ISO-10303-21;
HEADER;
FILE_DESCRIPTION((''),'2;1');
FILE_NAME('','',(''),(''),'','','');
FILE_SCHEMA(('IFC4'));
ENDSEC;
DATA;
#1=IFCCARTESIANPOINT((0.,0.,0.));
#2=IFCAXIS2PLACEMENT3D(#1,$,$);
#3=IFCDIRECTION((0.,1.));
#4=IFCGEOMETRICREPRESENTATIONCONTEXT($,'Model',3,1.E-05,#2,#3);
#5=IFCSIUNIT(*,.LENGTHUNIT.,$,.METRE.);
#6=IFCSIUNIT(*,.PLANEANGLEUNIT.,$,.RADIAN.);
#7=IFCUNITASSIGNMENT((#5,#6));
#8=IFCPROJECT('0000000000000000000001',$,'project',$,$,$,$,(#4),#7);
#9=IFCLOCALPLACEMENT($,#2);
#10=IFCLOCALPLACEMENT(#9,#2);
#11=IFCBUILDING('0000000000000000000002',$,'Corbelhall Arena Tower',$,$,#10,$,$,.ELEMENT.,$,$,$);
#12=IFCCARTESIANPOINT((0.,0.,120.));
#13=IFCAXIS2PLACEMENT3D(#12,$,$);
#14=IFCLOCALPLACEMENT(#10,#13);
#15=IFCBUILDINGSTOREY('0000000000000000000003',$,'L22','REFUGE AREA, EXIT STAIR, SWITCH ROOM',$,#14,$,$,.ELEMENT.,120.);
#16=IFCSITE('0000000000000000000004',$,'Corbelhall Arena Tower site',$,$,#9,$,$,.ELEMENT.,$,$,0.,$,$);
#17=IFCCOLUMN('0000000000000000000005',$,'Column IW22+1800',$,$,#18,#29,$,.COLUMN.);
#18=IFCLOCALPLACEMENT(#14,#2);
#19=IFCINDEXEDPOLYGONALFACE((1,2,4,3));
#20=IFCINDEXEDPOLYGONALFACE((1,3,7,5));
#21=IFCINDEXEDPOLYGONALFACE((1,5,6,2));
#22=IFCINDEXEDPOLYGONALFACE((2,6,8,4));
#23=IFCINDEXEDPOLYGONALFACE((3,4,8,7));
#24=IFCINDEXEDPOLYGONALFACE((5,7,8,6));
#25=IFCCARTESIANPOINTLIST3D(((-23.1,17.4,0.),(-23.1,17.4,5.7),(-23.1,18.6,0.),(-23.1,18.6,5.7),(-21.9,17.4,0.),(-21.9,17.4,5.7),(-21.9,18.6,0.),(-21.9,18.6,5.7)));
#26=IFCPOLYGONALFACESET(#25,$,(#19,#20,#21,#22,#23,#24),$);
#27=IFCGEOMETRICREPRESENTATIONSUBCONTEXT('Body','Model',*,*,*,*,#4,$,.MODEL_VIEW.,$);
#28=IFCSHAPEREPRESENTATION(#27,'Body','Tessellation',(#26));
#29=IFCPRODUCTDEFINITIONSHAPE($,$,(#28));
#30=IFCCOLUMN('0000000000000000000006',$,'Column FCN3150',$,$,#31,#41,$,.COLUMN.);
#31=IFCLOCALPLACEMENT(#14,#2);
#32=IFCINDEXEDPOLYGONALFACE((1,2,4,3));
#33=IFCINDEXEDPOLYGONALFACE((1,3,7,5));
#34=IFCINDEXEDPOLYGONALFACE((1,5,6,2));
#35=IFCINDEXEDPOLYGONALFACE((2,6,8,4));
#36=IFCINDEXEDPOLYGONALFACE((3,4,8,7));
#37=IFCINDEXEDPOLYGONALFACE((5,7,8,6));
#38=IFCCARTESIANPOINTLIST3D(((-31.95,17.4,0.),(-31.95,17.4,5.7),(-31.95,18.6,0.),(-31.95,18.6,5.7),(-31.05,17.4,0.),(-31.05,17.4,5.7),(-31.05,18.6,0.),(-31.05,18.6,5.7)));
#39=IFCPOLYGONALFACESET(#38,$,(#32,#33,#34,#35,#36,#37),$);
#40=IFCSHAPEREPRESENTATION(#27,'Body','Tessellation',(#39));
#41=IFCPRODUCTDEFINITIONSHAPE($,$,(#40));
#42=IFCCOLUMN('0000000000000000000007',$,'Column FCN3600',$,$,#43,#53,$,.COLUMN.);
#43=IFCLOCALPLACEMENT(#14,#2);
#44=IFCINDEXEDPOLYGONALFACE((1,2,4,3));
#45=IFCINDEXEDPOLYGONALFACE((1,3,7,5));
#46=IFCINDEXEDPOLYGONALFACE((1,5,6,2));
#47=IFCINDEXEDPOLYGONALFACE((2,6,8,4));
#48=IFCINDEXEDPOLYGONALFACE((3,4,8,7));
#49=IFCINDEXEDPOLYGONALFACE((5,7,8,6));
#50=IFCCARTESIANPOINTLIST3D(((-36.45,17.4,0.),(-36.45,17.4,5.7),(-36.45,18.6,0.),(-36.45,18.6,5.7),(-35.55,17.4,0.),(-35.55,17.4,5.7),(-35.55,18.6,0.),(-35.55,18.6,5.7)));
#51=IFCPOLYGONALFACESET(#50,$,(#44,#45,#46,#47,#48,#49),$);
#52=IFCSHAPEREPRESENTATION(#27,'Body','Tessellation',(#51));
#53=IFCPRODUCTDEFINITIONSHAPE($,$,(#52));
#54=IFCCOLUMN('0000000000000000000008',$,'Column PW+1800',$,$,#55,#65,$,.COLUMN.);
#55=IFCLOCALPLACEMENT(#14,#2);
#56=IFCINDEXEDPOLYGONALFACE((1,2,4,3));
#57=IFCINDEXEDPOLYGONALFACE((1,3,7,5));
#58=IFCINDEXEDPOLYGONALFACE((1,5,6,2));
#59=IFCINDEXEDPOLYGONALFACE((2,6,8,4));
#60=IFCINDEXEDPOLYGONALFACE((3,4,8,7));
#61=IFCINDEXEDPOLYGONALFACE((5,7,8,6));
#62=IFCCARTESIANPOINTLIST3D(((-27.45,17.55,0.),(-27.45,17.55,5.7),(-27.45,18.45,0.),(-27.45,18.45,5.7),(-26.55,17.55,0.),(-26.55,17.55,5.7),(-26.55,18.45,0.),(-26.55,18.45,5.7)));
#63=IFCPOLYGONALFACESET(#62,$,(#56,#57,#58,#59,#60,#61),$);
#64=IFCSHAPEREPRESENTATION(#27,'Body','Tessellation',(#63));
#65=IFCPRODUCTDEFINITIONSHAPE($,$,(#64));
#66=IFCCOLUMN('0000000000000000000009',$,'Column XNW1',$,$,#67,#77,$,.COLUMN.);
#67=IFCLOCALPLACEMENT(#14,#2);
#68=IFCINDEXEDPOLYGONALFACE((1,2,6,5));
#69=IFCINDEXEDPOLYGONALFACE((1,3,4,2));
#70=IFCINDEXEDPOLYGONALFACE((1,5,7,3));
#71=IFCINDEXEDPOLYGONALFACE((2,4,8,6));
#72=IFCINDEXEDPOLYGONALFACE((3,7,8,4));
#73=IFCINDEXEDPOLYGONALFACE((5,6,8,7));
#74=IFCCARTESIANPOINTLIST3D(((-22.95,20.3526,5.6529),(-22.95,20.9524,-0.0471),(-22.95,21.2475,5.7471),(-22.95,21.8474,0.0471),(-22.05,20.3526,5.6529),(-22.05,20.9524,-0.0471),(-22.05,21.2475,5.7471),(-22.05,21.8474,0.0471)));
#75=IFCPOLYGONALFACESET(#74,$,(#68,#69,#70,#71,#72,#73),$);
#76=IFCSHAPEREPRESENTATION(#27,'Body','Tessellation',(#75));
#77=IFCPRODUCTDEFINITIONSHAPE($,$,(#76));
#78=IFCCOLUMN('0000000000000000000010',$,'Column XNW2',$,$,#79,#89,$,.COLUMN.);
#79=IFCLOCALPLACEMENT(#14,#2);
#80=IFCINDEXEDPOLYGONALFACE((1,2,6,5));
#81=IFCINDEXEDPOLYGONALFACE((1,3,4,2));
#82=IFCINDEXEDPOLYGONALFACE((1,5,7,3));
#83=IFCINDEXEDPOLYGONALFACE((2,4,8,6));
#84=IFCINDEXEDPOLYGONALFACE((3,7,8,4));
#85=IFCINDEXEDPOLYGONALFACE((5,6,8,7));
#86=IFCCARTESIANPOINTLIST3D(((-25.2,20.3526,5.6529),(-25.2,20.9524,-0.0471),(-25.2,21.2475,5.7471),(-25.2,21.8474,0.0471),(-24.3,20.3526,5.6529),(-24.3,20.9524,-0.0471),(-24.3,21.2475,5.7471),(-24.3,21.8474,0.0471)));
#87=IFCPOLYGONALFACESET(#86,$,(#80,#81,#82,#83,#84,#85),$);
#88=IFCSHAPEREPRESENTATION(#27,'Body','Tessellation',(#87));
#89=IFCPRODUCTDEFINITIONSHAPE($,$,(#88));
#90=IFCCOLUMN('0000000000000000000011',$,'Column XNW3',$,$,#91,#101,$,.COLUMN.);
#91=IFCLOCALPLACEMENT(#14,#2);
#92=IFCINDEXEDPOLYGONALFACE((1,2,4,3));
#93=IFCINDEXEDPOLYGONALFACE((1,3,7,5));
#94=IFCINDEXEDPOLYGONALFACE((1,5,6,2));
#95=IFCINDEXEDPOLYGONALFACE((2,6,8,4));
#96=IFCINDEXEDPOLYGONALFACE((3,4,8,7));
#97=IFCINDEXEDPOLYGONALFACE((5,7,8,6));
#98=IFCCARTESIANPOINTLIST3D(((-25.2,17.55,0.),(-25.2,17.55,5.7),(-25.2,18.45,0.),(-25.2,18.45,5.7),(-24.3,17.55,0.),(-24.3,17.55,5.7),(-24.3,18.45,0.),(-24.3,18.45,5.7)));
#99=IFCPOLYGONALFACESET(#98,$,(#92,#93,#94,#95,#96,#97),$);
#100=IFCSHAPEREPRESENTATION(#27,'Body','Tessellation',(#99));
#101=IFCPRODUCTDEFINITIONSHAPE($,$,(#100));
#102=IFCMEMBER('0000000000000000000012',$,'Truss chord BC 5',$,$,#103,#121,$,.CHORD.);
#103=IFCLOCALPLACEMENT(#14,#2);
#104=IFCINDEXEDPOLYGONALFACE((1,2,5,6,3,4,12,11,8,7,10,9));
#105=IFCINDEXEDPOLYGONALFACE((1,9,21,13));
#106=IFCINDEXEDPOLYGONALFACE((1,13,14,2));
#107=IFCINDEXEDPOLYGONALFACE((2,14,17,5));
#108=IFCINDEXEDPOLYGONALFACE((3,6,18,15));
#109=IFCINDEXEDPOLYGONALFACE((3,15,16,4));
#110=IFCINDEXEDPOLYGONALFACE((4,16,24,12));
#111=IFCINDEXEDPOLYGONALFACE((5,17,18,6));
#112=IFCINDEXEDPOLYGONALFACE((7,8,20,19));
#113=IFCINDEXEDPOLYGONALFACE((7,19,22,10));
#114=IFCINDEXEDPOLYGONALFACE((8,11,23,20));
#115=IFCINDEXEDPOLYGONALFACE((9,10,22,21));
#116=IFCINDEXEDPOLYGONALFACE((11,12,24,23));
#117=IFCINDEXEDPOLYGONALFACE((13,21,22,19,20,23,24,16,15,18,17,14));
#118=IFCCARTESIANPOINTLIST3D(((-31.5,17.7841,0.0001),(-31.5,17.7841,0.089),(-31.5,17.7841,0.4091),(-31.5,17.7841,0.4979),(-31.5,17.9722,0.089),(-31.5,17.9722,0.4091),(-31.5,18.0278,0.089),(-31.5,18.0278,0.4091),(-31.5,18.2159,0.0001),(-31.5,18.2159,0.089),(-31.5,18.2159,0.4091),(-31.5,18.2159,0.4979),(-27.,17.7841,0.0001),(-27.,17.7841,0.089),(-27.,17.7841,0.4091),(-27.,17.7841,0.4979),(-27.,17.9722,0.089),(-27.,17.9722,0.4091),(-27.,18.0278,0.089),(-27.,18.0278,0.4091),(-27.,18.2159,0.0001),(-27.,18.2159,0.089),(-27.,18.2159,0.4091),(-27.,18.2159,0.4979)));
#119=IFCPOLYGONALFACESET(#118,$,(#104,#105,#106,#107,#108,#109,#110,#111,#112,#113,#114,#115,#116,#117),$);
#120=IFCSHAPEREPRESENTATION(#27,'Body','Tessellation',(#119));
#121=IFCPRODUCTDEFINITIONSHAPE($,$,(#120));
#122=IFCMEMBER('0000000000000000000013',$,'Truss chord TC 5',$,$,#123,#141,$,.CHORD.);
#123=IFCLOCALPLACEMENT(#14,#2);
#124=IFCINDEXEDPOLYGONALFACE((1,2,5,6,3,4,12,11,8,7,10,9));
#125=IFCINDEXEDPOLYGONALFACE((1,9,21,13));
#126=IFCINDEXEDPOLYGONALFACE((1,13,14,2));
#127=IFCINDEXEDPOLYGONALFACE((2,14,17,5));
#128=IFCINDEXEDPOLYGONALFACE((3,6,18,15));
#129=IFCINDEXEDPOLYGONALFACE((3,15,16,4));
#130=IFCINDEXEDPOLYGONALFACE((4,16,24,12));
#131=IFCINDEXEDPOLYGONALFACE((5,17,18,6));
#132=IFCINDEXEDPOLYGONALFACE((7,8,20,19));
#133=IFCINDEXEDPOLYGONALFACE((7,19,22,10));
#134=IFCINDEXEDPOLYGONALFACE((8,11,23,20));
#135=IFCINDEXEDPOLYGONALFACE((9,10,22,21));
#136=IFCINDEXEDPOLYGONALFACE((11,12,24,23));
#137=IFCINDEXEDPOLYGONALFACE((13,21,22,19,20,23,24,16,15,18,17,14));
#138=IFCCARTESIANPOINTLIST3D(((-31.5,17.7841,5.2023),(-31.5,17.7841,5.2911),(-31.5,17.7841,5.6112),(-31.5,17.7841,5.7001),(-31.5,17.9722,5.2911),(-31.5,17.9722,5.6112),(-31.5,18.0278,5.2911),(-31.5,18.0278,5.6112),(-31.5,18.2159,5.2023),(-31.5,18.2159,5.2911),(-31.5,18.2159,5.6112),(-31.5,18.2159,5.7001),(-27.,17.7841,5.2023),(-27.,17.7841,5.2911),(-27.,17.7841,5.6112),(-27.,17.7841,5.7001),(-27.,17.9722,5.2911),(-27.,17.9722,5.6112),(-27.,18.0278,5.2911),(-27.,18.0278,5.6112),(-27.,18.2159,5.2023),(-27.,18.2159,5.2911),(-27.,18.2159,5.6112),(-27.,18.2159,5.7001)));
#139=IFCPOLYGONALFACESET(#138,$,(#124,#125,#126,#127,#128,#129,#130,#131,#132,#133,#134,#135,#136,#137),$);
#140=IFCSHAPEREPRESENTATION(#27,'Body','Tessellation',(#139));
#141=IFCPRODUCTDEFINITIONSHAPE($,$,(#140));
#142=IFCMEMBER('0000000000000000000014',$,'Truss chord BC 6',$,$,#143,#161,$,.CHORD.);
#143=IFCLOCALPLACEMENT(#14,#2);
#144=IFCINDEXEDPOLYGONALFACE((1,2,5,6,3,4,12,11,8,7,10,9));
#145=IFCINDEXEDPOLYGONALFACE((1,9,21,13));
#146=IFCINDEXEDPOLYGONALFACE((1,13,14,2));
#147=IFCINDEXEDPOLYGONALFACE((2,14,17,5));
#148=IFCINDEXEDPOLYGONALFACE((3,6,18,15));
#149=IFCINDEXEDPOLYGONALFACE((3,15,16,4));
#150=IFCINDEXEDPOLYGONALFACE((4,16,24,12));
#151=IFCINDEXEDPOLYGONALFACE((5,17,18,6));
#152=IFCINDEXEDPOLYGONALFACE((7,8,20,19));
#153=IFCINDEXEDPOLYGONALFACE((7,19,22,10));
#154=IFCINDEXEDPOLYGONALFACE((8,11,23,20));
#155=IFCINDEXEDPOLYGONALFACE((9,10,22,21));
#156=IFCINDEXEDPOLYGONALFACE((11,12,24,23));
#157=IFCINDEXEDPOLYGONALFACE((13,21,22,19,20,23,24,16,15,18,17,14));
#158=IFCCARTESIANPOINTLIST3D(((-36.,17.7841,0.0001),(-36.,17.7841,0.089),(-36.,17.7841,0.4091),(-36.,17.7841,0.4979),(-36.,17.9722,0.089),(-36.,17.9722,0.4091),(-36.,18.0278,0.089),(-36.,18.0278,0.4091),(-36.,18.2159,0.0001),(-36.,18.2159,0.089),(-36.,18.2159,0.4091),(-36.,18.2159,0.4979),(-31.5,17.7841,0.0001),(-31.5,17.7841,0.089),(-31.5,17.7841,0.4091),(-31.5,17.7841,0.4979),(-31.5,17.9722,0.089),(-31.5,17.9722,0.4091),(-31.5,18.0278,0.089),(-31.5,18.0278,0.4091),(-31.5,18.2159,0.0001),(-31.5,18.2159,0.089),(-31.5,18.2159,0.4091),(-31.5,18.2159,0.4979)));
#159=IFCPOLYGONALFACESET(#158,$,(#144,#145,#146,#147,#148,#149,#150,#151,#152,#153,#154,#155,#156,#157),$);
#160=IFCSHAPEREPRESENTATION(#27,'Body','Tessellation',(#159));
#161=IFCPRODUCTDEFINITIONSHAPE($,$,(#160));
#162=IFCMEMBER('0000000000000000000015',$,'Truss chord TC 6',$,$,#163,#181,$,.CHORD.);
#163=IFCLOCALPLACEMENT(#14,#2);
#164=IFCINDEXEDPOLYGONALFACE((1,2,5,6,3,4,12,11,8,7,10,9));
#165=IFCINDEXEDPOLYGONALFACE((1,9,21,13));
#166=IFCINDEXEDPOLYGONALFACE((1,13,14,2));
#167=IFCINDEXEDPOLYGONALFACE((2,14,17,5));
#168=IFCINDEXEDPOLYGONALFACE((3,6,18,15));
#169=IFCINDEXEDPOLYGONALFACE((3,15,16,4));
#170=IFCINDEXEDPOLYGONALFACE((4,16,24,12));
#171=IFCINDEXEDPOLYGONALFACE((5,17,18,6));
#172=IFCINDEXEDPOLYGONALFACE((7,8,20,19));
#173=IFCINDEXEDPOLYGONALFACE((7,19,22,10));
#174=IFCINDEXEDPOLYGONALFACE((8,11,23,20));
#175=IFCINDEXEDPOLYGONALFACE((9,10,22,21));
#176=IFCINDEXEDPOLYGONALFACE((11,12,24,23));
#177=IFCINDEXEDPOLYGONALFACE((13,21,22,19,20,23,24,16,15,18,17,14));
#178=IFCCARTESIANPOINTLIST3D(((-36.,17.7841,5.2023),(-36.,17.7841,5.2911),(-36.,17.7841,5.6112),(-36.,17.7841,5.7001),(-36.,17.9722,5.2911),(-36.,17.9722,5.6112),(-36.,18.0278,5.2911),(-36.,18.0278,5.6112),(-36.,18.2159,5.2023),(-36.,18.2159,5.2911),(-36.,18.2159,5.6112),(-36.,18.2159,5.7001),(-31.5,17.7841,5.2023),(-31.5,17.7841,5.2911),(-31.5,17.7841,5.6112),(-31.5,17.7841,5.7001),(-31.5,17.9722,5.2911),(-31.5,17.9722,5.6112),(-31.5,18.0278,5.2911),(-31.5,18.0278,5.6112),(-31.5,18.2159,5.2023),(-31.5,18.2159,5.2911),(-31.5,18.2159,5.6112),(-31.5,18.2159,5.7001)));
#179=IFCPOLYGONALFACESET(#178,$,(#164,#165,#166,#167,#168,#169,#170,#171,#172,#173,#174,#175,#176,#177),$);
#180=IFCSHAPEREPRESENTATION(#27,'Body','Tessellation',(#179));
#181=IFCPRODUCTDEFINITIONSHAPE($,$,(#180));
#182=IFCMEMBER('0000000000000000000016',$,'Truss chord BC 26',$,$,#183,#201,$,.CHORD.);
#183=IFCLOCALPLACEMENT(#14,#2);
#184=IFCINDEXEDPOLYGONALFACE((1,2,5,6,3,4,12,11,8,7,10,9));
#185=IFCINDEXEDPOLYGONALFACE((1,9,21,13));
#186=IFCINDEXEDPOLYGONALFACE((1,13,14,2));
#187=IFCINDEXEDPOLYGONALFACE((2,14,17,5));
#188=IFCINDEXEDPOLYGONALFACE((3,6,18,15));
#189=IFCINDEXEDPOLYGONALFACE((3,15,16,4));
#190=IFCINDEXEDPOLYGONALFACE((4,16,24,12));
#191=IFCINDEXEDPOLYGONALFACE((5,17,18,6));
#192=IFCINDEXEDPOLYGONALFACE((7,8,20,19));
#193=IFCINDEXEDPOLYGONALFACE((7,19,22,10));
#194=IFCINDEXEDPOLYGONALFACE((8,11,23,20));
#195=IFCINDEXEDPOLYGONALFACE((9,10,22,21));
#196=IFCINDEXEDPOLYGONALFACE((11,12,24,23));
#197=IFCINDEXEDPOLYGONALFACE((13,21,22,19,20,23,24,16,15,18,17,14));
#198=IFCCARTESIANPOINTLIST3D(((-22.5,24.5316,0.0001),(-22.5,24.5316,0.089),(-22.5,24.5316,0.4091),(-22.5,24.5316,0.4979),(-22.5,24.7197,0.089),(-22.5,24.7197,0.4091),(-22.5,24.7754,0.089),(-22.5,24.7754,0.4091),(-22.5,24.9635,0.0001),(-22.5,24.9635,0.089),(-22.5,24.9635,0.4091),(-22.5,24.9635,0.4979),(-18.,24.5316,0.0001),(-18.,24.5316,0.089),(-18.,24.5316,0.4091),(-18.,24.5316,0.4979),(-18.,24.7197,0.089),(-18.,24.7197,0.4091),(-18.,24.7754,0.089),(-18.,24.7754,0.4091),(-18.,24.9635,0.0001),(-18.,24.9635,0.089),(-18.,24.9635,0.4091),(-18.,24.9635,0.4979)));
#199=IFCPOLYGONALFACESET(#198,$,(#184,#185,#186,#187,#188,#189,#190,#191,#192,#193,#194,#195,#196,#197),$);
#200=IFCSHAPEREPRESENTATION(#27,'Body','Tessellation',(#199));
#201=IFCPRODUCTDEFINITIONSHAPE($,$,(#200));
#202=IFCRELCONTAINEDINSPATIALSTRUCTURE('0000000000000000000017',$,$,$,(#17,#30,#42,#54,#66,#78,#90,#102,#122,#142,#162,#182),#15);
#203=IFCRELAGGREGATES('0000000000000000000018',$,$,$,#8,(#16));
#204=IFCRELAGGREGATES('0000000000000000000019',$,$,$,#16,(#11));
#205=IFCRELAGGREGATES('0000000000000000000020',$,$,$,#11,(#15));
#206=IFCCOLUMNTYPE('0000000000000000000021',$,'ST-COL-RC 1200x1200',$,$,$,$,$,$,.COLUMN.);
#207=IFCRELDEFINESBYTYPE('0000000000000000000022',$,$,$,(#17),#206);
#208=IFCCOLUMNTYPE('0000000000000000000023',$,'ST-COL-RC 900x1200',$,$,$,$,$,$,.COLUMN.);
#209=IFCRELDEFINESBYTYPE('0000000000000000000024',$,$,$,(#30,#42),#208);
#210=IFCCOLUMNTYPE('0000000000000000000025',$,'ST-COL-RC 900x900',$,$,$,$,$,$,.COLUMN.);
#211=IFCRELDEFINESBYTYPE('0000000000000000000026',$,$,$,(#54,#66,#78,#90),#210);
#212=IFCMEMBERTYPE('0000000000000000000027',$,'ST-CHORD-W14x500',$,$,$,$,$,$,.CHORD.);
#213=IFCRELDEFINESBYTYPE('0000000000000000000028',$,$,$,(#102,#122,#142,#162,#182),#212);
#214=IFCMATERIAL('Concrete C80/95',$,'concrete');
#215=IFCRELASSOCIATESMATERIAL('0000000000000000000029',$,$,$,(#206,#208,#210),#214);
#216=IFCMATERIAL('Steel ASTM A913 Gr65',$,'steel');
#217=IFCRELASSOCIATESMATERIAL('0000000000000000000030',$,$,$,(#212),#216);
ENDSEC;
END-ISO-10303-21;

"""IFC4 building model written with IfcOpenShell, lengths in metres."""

from ifc_helpers import new_model, si_unit, direction, frame, origin, origin_2d, place, context, subcontext, project, spatial, rectangle, i_section, extrude, material, material_profile, profile_set, type_object, element, save


model = new_model("IFC4")

# Units and contexts
model_context = context("Model", 3, precision=1e-05, world=origin(), true_north=direction((0.0, 1.0)))
body_context = subcontext(model_context, "Body", "Model", "MODEL_VIEW")
ifc_project = project(units=[si_unit("LENGTHUNIT", "METRE"), si_unit("PLANEANGLEUNIT", "RADIAN")], contexts=[model_context])

# Site, building, storey
site_placement = place(None, origin())
site = spatial("IfcSite", under=ifc_project, at=site_placement, Name="Corbelhall Arena Tower site", CompositionType="ELEMENT", RefElevation=0.0)
building_placement = place(site_placement, origin())
building = spatial("IfcBuilding", under=site, at=building_placement, Name="Corbelhall Arena Tower", CompositionType="ELEMENT")
storey_placement = place(building_placement, frame((0.0, 0.0, 120.0)))
storey = spatial("IfcBuildingStorey", under=building, at=storey_placement, Name="L22", Description="REFUGE AREA, EXIT STAIR, SWITCH ROOM", CompositionType="ELEMENT", Elevation=120.0)

# Columns
ifc_material_1 = material(Name="Concrete C80/95", Category="concrete")
ifc_material_profile_1 = material_profile(ifc_material_1, rectangle(XDim=1.2, YDim=1.2, at=origin_2d()))
ifc_profile_set_1 = profile_set([ifc_material_profile_1], Name="Concrete C80/95")
column_type_1 = type_object("IfcColumnType", Name="ST-COL-RC 1200x1200", PredefinedType="COLUMN", material=ifc_profile_set_1)
column_1_placement = place(storey_placement, frame((-22.5, 18.0, 0.0), z_axis=(0.0, 0.0, 1.0), x_axis=(1.0, 0.0, 0.0)))
element("IfcColumn", 1, at=column_1_placement, inside=storey, type_object=column_type_1, Name="Column IW22+1800", PredefinedType="COLUMN", context=body_context, shape_type="SweptSolid", body=[
    extrude(rectangle(XDim=1.2, YDim=1.2, at=origin_2d()), origin(), (0.0, 0.0, 1.0), 5.7),
])
ifc_material_profile_2 = material_profile(ifc_material_1, rectangle(XDim=0.8999, YDim=1.2, at=origin_2d()))
ifc_profile_set_2 = profile_set([ifc_material_profile_2], Name="Concrete C80/95")
column_type_2 = type_object("IfcColumnType", Name="ST-COL-RC 900x1200", PredefinedType="COLUMN", material=ifc_profile_set_2)
for number, where, z_axis, x_axis, name in (
    (2, (-31.5, 18.0, 0.0), (0.0, 0.0, 1.0), (1.0, 0.0, 0.0), "Column FCN3150"),
    (3, (-36.0, 18.0, 0.0), (0.0, 0.0, 1.0), (1.0, 0.0, 0.0), "Column FCN3600"),
):
    element("IfcColumn", number, at=place(storey_placement, frame(where, z_axis=z_axis, x_axis=x_axis)), inside=storey, type_object=column_type_2, Name=name, PredefinedType="COLUMN", context=body_context, shape_type="SweptSolid", body=[
        extrude(rectangle(XDim=0.8999, YDim=1.2, at=origin_2d()), origin(), (0.0, 0.0, 1.0), 5.7),
    ])
ifc_material_profile_3 = material_profile(ifc_material_1, rectangle(XDim=0.8999, YDim=0.8999, at=origin_2d()))
ifc_profile_set_3 = profile_set([ifc_material_profile_3], Name="Concrete C80/95")
column_type_3 = type_object("IfcColumnType", Name="ST-COL-RC 900x900", PredefinedType="COLUMN", material=ifc_profile_set_3)
column_2_placement = place(storey_placement, frame((-27.0, 18.0, 0.0), z_axis=(0.0, 0.0, 1.0), x_axis=(1.0, 0.0, 0.0)))
element("IfcColumn", 4, at=column_2_placement, inside=storey, type_object=column_type_3, Name="Column PW+1800", PredefinedType="COLUMN", context=body_context, shape_type="SweptSolid", body=[
    extrude(rectangle(XDim=0.8999, YDim=0.8999, at=origin_2d()), origin(), (0.0, 0.0, 1.0), 5.7),
])
for number, where, z_axis, x_axis, name in (
    (5, (-22.5, 21.3999, 0.0), (0.0, -0.10466, 0.994508), (1.0, 0.0, 0.0), "Column XNW1"),
    (6, (-24.75, 21.3999, 0.0), (0.0, -0.10466, 0.994508), (1.0, 0.0, 0.0), "Column XNW2"),
):
    element("IfcColumn", number, at=place(storey_placement, frame(where, z_axis=z_axis, x_axis=x_axis)), inside=storey, type_object=column_type_3, Name=name, PredefinedType="COLUMN", context=body_context, shape_type="SweptSolid", body=[
        extrude(rectangle(XDim=0.8999, YDim=0.8999, at=origin_2d()), origin(), (0.0, 0.0, 1.0), 5.7314),
    ])
column_3_placement = place(storey_placement, frame((-24.75, 18.0, 0.0), z_axis=(0.0, 0.0, 1.0), x_axis=(1.0, 0.0, 0.0)))
element("IfcColumn", 7, at=column_3_placement, inside=storey, type_object=column_type_3, Name="Column XNW3", PredefinedType="COLUMN", context=body_context, shape_type="SweptSolid", body=[
    extrude(rectangle(XDim=0.8999, YDim=0.8999, at=origin_2d()), origin(), (0.0, 0.0, 1.0), 5.7),
])

# Members
ifc_material_2 = material(Name="Steel ASTM A913 Gr65", Category="steel")
ifc_material_profile_4 = material_profile(ifc_material_2, i_section(OverallWidth=0.4319, OverallDepth=0.4978, WebThickness=0.0557, FlangeThickness=0.0889, at=origin_2d()))
ifc_profile_set_4 = profile_set([ifc_material_profile_4], Name="Steel ASTM A913 Gr65")
member_type_1 = type_object("IfcMemberType", Name="ST-CHORD-W14x500", PredefinedType="CHORD", material=ifc_profile_set_4)
for number, where, z_axis, x_axis, name in (
    (8, (-31.5, 18.0, 0.249), (1.0, 0.0, 0.0), (0.0, 1.0, 0.0), "Truss chord BC 5"),
    (9, (-31.5, 18.0, 5.4512), (1.0, 0.0, 0.0), (0.0, 1.0, 0.0), "Truss chord TC 5"),
    (10, (-36.0, 18.0, 0.249), (1.0, 0.0, 0.0), (0.0, 1.0, 0.0), "Truss chord BC 6"),
    (11, (-36.0, 18.0, 5.4512), (1.0, 0.0, 0.0), (0.0, 1.0, 0.0), "Truss chord TC 6"),
    (12, (-22.5, 24.7476, 0.249), (1.0, 0.0, 0.0), (0.0, 1.0, 0.0), "Truss chord BC 26"),
):
    element("IfcMember", number, at=place(storey_placement, frame(where, z_axis=z_axis, x_axis=x_axis)), inside=storey, type_object=member_type_1, Name=name, PredefinedType="CHORD", context=body_context, shape_type="SweptSolid", body=[
        extrude(i_section(OverallWidth=0.4319, OverallDepth=0.4978, WebThickness=0.0557, FlangeThickness=0.0889, at=origin_2d()), origin(), (0.0, 0.0, 1.0), 4.5),
    ])

save(model, "model.ifc")
